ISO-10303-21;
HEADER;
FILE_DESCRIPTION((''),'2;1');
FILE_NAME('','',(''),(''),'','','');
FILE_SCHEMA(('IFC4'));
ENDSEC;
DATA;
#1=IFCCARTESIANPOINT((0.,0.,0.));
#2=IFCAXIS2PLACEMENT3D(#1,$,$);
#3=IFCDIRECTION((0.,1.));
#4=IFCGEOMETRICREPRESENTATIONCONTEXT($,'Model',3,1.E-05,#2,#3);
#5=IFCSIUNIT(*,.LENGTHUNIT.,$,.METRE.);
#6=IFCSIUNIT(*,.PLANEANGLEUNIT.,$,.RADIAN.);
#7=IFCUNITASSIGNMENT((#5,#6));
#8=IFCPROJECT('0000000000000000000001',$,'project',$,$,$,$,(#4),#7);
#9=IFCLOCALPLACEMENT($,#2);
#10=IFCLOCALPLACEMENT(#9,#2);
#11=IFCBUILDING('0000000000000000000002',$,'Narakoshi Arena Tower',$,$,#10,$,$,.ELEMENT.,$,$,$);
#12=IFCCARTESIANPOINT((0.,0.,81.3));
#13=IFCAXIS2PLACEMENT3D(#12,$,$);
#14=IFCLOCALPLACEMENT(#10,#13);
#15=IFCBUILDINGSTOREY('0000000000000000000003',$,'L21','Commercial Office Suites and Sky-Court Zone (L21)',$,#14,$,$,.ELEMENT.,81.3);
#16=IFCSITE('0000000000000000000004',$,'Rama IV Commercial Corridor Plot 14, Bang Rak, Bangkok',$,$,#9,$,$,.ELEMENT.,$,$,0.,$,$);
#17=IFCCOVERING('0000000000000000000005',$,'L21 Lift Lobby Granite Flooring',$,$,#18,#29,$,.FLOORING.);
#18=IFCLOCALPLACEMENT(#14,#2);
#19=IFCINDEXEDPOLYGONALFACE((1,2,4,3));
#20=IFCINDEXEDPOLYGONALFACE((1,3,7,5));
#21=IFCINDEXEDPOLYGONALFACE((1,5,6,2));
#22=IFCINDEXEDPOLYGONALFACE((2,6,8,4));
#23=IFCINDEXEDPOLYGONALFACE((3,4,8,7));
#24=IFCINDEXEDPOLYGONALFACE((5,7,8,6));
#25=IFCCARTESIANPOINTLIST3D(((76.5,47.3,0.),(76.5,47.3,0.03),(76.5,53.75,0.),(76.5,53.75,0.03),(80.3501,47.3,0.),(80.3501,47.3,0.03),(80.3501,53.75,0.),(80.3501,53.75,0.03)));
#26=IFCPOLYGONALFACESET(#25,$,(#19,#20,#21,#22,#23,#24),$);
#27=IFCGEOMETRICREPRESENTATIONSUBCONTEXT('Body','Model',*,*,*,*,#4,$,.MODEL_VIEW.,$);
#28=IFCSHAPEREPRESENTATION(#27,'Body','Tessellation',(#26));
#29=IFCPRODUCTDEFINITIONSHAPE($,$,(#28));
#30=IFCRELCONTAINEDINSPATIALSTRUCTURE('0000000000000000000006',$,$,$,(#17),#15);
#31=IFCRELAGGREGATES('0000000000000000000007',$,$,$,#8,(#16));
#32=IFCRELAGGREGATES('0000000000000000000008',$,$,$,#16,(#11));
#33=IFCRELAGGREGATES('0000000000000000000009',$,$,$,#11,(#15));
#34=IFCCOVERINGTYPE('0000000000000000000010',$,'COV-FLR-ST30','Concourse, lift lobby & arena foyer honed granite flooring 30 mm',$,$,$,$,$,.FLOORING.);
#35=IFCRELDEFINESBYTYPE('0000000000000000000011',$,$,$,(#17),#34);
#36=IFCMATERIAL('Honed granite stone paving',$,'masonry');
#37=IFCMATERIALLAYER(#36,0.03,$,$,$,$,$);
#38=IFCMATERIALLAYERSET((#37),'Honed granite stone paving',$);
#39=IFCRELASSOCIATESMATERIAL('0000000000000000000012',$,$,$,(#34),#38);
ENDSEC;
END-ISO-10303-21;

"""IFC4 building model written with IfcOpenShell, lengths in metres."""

from ifc_helpers import new_model, si_unit, direction, frame, origin, place, context, subcontext, project, spatial, polyline, outline, extrude, material, layer, layer_set, type_object, element, save


model = new_model("IFC4")

# Units and contexts
model_context = context("Model", 3, precision=1e-05, world=origin(), true_north=direction((0.0, 1.0)))
body_context = subcontext(model_context, "Body", "Model", "MODEL_VIEW")
ifc_project = project(units=[si_unit("LENGTHUNIT", "METRE"), si_unit("PLANEANGLEUNIT", "RADIAN")], contexts=[model_context])

# Site, building, storey
site_placement = place(None, origin())
site = spatial("IfcSite", under=ifc_project, at=site_placement, Name="Rama IV Commercial Corridor Plot 14, Bang Rak, Bangkok", CompositionType="ELEMENT", RefElevation=0.0)
building_placement = place(site_placement, origin())
building = spatial("IfcBuilding", under=site, at=building_placement, Name="Narakoshi Arena Tower", CompositionType="ELEMENT")
storey_placement = place(building_placement, frame((0.0, 0.0, 81.3)))
storey = spatial("IfcBuildingStorey", under=building, at=storey_placement, Name="L21", Description="Commercial Office Suites and Sky-Court Zone (L21)", CompositionType="ELEMENT", Elevation=81.3)

# Covering
ifc_material_1 = material(Name="Honed granite stone paving", Category="masonry")
ifc_layer_1 = layer(ifc_material_1, 0.03)
ifc_layer_set_1 = layer_set([ifc_layer_1], Name="Honed granite stone paving")
covering_type_1 = type_object("IfcCoveringType", Name="COV-FLR-ST30", Description="Concourse, lift lobby & arena foyer honed granite flooring 30 mm", PredefinedType="FLOORING", material=ifc_layer_set_1)
covering_1_placement = place(storey_placement, origin())
element("IfcCovering", 1, at=covering_1_placement, inside=storey, type_object=covering_type_1, Name="L21 Lift Lobby Granite Flooring", PredefinedType="FLOORING", context=body_context, shape_type="SweptSolid", body=[
    extrude(outline(polyline([(76.5, 47.3), (80.3501, 47.3), (80.3501, 53.75), (76.5, 53.75), (76.5, 47.3)])), origin(), (0.0, 0.0, 1.0), 0.03),
])

save(model, "model.ifc")
